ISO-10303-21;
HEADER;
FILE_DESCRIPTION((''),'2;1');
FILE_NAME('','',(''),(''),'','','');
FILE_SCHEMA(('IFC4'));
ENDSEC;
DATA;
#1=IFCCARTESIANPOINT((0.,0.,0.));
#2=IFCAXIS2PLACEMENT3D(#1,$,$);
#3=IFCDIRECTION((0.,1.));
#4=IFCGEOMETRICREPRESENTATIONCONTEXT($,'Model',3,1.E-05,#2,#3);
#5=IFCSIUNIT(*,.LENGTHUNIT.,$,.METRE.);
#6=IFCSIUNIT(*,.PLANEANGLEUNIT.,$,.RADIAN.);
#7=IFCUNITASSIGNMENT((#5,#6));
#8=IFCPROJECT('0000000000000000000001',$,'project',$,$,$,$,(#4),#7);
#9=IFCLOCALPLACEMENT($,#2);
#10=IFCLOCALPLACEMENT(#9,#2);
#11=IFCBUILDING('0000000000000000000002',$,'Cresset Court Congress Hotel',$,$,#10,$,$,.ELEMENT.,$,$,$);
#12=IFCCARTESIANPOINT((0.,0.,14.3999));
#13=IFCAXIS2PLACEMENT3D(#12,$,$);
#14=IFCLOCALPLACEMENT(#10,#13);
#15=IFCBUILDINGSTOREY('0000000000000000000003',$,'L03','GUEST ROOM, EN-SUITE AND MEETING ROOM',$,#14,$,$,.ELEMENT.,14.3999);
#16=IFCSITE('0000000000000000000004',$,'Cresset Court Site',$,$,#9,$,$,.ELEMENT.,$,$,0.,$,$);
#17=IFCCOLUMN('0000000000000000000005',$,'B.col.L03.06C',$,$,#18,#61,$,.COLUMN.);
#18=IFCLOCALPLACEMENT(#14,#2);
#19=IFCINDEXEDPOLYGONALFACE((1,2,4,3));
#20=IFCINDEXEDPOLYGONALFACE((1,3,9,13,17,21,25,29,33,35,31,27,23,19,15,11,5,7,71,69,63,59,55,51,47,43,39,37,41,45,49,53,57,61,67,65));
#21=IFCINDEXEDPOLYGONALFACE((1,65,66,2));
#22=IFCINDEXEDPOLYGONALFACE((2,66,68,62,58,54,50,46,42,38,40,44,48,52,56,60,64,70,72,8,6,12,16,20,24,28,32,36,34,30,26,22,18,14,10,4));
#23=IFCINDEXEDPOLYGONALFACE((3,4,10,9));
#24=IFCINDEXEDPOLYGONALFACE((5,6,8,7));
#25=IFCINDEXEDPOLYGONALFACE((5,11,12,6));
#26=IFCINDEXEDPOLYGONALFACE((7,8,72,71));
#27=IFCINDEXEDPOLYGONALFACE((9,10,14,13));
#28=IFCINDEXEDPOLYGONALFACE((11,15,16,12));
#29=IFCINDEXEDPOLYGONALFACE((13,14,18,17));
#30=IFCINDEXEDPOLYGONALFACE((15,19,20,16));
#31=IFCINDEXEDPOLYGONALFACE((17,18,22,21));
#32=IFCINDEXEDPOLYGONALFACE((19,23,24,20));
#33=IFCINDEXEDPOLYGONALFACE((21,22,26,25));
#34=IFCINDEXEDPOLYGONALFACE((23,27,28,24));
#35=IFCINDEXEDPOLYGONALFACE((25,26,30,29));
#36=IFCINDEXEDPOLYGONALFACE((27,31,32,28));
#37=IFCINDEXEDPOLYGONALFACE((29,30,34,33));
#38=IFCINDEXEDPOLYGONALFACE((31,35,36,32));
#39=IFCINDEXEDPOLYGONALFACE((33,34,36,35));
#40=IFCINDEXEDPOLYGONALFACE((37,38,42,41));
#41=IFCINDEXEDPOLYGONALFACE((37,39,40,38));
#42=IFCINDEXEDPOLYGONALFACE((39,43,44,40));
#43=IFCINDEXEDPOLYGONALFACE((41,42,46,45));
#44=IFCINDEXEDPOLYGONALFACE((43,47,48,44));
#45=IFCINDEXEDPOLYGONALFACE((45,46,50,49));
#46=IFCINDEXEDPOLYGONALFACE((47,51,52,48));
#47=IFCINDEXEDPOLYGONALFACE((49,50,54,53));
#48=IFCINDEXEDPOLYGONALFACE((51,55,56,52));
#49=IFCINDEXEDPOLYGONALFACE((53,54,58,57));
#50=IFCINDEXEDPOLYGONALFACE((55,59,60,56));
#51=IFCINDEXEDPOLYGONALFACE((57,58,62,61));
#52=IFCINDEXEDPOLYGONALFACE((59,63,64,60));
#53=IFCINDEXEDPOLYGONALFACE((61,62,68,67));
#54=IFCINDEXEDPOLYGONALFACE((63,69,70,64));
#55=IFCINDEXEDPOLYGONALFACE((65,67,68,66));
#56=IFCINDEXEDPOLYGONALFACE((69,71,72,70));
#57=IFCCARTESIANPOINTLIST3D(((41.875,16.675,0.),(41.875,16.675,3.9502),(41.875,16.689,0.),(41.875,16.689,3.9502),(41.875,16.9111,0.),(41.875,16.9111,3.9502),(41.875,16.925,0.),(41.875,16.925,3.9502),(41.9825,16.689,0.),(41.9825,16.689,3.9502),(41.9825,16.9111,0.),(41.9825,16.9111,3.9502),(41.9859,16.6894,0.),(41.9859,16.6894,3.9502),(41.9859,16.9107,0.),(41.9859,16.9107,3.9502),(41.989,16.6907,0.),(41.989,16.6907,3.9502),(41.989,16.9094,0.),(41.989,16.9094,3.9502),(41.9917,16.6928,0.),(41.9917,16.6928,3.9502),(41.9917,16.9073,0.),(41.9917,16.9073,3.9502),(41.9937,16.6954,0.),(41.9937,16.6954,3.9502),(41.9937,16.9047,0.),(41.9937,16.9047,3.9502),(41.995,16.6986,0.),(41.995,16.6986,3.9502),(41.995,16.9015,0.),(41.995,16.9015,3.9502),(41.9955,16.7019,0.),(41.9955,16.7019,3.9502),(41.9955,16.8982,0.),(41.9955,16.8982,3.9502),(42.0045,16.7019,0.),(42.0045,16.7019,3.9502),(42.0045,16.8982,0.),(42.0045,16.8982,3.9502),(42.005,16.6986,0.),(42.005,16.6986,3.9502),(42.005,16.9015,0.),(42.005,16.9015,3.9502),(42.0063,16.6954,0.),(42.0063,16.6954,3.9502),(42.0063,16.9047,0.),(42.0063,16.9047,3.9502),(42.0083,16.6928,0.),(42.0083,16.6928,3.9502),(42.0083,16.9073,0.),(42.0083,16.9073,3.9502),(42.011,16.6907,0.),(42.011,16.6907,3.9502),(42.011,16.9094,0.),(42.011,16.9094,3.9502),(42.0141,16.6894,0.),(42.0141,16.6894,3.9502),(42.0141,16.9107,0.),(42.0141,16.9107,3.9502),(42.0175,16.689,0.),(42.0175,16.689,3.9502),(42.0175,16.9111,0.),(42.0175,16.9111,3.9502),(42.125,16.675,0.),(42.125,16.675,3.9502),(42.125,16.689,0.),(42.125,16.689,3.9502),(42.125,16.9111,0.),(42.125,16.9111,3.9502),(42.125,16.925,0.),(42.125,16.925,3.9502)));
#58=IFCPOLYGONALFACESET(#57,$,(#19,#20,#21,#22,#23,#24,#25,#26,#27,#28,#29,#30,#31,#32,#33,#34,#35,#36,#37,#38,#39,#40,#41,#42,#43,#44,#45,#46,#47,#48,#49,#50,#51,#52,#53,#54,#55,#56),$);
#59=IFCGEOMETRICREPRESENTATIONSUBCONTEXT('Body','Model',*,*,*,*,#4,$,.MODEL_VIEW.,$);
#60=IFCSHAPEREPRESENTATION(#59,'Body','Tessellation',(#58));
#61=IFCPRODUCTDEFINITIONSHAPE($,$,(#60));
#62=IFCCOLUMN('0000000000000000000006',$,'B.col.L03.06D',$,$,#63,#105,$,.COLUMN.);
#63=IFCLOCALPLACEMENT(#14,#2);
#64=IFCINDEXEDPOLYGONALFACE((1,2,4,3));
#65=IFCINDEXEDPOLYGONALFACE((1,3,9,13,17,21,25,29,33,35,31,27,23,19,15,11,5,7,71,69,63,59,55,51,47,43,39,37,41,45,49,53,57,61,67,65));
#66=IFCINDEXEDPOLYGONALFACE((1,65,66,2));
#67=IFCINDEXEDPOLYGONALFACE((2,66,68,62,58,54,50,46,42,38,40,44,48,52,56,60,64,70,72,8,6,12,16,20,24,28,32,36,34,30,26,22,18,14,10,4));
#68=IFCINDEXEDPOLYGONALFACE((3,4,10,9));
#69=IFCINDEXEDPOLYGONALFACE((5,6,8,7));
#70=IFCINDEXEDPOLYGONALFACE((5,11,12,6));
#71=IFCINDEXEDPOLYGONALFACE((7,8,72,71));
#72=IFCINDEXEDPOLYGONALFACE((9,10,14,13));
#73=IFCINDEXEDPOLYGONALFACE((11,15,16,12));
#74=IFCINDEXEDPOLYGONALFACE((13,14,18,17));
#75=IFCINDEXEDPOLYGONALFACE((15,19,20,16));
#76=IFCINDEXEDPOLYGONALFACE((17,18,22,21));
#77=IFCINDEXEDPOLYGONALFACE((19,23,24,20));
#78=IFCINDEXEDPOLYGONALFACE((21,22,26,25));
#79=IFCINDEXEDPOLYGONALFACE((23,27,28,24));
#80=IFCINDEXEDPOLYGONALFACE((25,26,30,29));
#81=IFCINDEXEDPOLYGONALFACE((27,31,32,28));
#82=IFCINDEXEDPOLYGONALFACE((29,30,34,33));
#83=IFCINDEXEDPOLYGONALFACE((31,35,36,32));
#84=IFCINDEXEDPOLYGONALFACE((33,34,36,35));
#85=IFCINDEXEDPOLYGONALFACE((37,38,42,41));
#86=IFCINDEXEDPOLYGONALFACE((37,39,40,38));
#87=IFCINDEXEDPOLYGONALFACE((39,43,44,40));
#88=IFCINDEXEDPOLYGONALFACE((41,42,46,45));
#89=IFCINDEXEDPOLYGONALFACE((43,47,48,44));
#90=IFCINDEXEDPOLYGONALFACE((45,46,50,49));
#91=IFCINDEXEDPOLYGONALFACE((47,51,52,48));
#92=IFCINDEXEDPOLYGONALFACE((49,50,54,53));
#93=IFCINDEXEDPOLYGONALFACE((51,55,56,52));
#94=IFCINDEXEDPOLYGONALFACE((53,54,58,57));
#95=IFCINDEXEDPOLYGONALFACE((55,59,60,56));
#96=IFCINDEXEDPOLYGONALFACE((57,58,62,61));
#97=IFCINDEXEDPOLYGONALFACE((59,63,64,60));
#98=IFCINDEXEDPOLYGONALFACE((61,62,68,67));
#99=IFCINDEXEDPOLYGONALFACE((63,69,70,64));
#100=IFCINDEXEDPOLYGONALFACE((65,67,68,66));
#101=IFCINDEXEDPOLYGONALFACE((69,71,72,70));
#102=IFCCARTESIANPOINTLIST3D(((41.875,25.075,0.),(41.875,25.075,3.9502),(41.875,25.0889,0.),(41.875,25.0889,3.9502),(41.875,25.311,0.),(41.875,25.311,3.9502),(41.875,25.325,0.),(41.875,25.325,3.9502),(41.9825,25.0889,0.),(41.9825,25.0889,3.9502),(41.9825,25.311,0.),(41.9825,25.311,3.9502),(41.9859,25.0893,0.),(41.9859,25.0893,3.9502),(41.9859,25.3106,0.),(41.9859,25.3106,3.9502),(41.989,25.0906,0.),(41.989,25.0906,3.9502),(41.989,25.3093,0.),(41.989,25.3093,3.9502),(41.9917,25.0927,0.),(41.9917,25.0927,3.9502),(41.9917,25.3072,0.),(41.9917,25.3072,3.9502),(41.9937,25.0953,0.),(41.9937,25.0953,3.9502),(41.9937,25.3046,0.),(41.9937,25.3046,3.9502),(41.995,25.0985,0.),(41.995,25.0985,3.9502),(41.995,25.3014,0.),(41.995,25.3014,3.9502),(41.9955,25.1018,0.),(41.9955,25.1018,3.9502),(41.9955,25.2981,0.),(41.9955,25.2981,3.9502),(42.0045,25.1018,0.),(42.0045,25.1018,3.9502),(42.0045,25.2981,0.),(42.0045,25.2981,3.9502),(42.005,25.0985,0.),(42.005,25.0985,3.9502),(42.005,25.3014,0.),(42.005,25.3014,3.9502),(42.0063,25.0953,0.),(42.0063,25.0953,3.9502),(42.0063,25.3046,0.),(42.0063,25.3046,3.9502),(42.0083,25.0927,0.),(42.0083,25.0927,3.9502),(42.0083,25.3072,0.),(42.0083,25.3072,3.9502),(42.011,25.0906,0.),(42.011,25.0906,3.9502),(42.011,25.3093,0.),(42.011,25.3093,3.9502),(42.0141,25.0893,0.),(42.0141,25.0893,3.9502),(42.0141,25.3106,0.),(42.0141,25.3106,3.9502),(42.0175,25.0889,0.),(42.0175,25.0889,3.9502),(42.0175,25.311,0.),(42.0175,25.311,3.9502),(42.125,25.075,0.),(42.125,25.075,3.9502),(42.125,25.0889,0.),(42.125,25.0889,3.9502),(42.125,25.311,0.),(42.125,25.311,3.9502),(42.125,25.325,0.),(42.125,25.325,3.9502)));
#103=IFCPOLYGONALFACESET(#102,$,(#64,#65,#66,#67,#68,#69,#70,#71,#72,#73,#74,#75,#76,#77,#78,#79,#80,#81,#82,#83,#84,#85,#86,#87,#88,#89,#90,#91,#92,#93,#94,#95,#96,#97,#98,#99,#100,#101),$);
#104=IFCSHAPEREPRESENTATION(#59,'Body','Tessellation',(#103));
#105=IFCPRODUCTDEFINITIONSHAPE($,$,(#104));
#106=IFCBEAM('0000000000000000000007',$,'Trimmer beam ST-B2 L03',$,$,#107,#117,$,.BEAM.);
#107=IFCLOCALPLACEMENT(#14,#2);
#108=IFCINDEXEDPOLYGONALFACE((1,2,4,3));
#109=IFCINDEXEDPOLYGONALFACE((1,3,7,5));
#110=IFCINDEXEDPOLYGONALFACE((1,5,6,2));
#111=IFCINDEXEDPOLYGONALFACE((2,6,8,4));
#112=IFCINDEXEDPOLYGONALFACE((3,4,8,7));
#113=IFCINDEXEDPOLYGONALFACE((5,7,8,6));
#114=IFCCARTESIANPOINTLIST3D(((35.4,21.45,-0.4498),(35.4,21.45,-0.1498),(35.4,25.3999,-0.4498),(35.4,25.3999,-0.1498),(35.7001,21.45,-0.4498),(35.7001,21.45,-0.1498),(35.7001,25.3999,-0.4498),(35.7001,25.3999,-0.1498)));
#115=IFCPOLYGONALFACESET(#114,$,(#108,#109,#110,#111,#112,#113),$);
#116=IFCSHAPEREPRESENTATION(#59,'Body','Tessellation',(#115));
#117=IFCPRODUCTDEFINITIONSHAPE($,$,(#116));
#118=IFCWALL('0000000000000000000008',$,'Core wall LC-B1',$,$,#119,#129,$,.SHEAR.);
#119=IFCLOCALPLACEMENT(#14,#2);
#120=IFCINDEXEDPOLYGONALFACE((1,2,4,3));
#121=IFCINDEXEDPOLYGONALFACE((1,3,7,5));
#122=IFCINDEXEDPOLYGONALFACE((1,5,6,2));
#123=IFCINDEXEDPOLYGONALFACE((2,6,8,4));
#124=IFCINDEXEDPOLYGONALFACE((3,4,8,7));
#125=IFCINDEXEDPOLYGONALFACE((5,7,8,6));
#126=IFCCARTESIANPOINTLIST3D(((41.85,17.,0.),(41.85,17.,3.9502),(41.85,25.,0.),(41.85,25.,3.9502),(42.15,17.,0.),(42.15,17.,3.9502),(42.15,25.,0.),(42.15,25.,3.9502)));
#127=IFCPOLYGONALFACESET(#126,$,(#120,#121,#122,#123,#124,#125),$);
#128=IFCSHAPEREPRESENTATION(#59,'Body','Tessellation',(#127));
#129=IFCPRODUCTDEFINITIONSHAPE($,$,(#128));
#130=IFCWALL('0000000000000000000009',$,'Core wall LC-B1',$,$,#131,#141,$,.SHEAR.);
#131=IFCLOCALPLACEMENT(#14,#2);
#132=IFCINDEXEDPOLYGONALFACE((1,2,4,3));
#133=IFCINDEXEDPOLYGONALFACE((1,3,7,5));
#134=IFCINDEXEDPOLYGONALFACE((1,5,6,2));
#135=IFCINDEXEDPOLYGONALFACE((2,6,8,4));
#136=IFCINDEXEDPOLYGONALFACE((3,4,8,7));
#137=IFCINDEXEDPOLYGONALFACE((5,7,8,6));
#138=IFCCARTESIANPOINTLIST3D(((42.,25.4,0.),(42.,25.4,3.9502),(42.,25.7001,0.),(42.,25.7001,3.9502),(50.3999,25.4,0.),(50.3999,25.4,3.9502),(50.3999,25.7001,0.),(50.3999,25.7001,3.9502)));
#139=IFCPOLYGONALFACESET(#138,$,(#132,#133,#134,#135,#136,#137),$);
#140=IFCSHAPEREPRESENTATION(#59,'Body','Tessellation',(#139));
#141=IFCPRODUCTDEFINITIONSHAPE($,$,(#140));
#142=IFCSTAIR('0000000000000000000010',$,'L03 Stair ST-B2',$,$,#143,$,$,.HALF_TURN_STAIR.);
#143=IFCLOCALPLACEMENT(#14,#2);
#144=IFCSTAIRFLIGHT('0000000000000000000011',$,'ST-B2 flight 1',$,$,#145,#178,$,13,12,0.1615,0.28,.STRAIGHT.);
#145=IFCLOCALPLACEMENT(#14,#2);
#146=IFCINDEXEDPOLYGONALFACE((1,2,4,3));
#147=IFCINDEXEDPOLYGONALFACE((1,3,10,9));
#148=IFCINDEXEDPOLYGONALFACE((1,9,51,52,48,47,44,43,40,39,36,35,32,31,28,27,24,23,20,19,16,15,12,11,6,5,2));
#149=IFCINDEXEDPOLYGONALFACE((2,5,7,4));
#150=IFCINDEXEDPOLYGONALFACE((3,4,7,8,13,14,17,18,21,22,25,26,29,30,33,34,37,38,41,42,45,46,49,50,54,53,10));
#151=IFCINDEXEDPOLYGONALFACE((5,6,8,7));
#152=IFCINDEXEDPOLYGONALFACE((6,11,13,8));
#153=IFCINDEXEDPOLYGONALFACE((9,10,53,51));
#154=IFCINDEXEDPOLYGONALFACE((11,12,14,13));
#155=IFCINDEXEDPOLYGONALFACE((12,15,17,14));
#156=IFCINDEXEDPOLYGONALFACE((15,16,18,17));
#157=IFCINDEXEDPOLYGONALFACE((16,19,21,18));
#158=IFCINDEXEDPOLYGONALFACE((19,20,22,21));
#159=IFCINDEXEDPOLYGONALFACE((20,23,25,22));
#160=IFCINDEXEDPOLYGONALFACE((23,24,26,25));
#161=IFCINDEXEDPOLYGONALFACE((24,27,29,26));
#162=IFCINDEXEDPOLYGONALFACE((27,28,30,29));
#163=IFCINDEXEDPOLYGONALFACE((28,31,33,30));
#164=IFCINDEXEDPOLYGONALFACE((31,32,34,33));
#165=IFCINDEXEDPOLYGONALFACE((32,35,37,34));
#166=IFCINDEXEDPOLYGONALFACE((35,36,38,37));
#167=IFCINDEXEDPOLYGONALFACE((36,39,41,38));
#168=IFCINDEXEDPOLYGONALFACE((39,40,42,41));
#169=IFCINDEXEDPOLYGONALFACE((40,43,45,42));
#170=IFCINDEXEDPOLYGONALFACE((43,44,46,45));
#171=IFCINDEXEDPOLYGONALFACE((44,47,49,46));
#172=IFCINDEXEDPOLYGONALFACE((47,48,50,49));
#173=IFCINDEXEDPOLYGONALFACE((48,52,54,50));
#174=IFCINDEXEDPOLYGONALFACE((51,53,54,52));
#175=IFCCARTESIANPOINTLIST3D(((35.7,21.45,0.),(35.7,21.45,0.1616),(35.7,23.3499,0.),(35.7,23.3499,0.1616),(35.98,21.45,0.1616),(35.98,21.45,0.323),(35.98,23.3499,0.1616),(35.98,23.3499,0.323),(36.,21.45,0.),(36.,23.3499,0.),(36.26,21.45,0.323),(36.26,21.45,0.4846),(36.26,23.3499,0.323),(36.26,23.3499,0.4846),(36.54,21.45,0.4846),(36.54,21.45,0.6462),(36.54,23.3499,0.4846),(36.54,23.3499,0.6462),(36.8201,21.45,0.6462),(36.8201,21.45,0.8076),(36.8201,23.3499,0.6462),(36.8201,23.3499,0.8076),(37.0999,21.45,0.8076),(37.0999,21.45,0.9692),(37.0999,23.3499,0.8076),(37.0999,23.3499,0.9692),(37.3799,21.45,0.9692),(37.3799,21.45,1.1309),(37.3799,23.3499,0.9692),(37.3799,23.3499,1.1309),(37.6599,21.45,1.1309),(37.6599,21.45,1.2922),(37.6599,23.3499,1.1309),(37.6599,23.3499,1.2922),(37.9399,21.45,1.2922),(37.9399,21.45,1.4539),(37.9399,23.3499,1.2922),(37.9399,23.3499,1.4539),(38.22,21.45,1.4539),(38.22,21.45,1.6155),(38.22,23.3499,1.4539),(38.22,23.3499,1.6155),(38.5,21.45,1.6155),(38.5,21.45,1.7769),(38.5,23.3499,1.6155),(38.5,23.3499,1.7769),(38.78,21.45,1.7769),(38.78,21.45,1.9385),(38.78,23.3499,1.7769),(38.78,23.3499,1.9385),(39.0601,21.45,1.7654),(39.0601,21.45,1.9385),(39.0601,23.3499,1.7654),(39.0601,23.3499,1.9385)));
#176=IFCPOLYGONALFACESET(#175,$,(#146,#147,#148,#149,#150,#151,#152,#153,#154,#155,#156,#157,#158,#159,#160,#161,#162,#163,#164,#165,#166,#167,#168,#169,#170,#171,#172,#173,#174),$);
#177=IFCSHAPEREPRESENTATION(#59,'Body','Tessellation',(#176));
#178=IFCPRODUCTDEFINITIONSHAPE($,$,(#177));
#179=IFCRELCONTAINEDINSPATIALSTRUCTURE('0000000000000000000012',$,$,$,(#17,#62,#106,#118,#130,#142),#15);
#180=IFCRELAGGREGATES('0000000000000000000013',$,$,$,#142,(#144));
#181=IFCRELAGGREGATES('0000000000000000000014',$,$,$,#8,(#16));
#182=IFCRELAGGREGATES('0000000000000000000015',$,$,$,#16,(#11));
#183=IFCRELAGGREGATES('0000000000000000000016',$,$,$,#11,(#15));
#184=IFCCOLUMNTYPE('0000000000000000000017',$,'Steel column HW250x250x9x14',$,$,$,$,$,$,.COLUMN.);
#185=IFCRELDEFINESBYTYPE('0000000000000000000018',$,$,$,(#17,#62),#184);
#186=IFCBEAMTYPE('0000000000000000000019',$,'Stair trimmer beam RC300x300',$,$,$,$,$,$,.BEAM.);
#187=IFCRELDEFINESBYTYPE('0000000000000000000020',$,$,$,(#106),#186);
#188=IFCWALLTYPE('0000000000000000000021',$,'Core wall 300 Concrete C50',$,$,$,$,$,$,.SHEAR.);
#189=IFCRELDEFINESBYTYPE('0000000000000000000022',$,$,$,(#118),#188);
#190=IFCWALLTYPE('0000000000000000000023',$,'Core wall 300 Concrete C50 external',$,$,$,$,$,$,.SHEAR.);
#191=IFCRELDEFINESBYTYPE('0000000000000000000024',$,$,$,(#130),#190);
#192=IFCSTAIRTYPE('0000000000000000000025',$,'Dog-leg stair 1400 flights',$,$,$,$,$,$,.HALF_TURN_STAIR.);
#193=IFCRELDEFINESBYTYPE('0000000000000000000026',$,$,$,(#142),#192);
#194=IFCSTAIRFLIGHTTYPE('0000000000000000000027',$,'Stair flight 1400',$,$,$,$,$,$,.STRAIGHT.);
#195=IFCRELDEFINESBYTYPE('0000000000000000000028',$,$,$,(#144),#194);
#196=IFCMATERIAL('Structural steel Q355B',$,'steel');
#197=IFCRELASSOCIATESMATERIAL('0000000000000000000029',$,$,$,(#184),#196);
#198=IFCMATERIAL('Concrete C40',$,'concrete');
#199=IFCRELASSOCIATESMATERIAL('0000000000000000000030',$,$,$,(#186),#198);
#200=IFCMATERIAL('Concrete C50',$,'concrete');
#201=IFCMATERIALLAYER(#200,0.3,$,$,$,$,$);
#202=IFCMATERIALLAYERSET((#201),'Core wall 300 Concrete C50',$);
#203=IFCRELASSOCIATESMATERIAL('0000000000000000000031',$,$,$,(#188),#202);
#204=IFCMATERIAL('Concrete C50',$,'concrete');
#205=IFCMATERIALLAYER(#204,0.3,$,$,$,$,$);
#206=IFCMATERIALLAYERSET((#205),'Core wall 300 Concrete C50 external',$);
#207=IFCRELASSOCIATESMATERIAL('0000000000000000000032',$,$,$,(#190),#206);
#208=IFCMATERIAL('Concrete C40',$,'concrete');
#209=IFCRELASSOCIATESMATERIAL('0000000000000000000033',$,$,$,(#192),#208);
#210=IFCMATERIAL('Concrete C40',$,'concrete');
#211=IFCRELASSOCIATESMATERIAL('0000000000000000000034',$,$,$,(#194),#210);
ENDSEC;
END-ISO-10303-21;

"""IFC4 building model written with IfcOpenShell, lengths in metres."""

from ifc_helpers import new_model, si_unit, direction, frame, frame_2d, origin, origin_2d, place, context, subcontext, project, spatial, polyline, rectangle, i_section, outline, extrude, material, layer, layer_set, material_profile, profile_set, type_object, element, aggregate, save


model = new_model("IFC4")

# Units and contexts
model_context = context("Model", 3, precision=1e-05, world=origin(), true_north=direction((0.0, 1.0)))
body_context = subcontext(model_context, "Body", "Model", "MODEL_VIEW")
ifc_project = project(units=[si_unit("LENGTHUNIT", "METRE"), si_unit("PLANEANGLEUNIT", "RADIAN")], contexts=[model_context])

# Site, building, storey
site_placement = place(None, origin())
site = spatial("IfcSite", under=ifc_project, at=site_placement, Name="Cresset Court Site", CompositionType="ELEMENT", RefElevation=0.0)
building_placement = place(site_placement, origin())
building = spatial("IfcBuilding", under=site, at=building_placement, Name="Cresset Court Congress Hotel", CompositionType="ELEMENT")
storey_placement = place(building_placement, frame((0.0, 0.0, 14.3999)))
storey = spatial("IfcBuildingStorey", under=building, at=storey_placement, Name="L03", Description="GUEST ROOM, EN-SUITE AND MEETING ROOM", CompositionType="ELEMENT", Elevation=14.3999)

# Columns
ifc_material_1 = material(Name="Structural steel Q355B", Category="steel")
ifc_material_profile_1 = material_profile(ifc_material_1, i_section(OverallWidth=0.25, OverallDepth=0.25, WebThickness=0.009, FlangeThickness=0.0139, FilletRadius=0.0129, at=origin_2d()), Name="HW250x250x9x14")
ifc_profile_set_1 = profile_set([ifc_material_profile_1], Name="Structural steel Q355B")
column_type = type_object("IfcColumnType", Name="Steel column HW250x250x9x14", PredefinedType="COLUMN", material=ifc_profile_set_1)
for number, where, z_axis, x_axis, name in (
    (1, (42.0, 16.8, 0.0), (0.0, 0.0, 1.0), (1.0, 0.0, 0.0), "B.col.L03.06C"),
    (2, (42.0, 25.2, 0.0), (0.0, 0.0, 1.0), (1.0, 0.0, 0.0), "B.col.L03.06D"),
):
    element("IfcColumn", number, at=place(storey_placement, frame(where, z_axis=z_axis, x_axis=x_axis)), inside=storey, type_object=column_type, Name=name, PredefinedType="COLUMN", context=body_context, shape_type="SweptSolid", body=[
        extrude(i_section(OverallWidth=0.25, OverallDepth=0.25, WebThickness=0.009, FlangeThickness=0.0139, FilletRadius=0.0129, at=origin_2d()), origin(), (0.0, 0.0, 1.0), 3.9502),
    ])

# Beam
ifc_material_2 = material(Name="Concrete C40", Category="concrete")
ifc_material_profile_2 = material_profile(ifc_material_2, rectangle(XDim=0.3, YDim=0.3, at=origin_2d()), Name="RC300x300")
ifc_profile_set_2 = profile_set([ifc_material_profile_2], Name="Concrete C40")
beam_type = type_object("IfcBeamType", Name="Stair trimmer beam RC300x300", PredefinedType="BEAM", material=ifc_profile_set_2)
beam_placement = place(storey_placement, frame((35.55, 21.45, -0.2998), z_axis=(0.0, 1.0, 0.0), x_axis=(-1.0, 0.0, 0.0)))
element("IfcBeam", 3, at=beam_placement, inside=storey, type_object=beam_type, Name="Trimmer beam ST-B2 L03", PredefinedType="BEAM", context=body_context, shape_type="SweptSolid", body=[
    extrude(rectangle(XDim=0.3, YDim=0.3, at=origin_2d()), origin(), (0.0, 0.0, 1.0), 3.95),
])

# Walls
ifc_material_3 = material(Name="Concrete C50", Category="concrete")
ifc_layer_1 = layer(ifc_material_3, 0.3)
ifc_layer_set_1 = layer_set([ifc_layer_1], Name="Core wall 300 Concrete C50")
wall_type_1 = type_object("IfcWallType", Name="Core wall 300 Concrete C50", PredefinedType="SHEAR", material=ifc_layer_set_1)
wall_1_placement = place(storey_placement, frame((42.0, 17.0, 0.0), z_axis=(0.0, 0.0, 1.0), x_axis=(0.0, 1.0, 0.0)))
element("IfcWall", 4, at=wall_1_placement, inside=storey, type_object=wall_type_1, Name="Core wall LC-B1", PredefinedType="SHEAR", context=body_context, shape_type="SweptSolid", body=[
    extrude(rectangle(XDim=8.0, YDim=0.3, at=frame_2d((4.0, 0.0))), origin(), (0.0, 0.0, 1.0), 3.9502),
])
ifc_material_4 = material(Name="Concrete C50", Category="concrete")
ifc_layer_2 = layer(ifc_material_4, 0.3)
ifc_layer_set_2 = layer_set([ifc_layer_2], Name="Core wall 300 Concrete C50 external")
wall_type_2 = type_object("IfcWallType", Name="Core wall 300 Concrete C50 external", PredefinedType="SHEAR", material=ifc_layer_set_2)
wall_2_placement = place(storey_placement, frame((42.0, 25.55, 0.0), z_axis=(0.0, 0.0, 1.0), x_axis=(1.0, 0.0, 0.0)))
element("IfcWall", 5, at=wall_2_placement, inside=storey, type_object=wall_type_2, Name="Core wall LC-B1", PredefinedType="SHEAR", context=body_context, shape_type="SweptSolid", body=[
    extrude(rectangle(XDim=8.3999, YDim=0.3, at=frame_2d((4.2, 0.0))), origin(), (0.0, 0.0, 1.0), 3.9502),
])

# Stair, stair flight
ifc_material_5 = material(Name="Concrete C40", Category="concrete")
stair_type = type_object("IfcStairType", Name="Dog-leg stair 1400 flights", PredefinedType="HALF_TURN_STAIR", material=ifc_material_5)
stair_placement = place(storey_placement, origin())
stair = element("IfcStair", 6, at=stair_placement, inside=storey, type_object=stair_type, Name="L03 Stair ST-B2", PredefinedType="HALF_TURN_STAIR")
ifc_material_6 = material(Name="Concrete C40", Category="concrete")
stair_flight_type = type_object("IfcStairFlightType", Name="Stair flight 1400", PredefinedType="STRAIGHT", material=ifc_material_6)
stair_flight_1_placement = place(storey_placement, frame((35.7, 22.3999, 0.0), z_axis=(0.0, 0.0, 1.0), x_axis=(1.0, 0.0, 0.0)))
stair_flight_1 = element("IfcStairFlight", 7, at=stair_flight_1_placement, type_object=stair_flight_type, Name="ST-B2 flight 1", NumberOfRisers=13, NumberOfTreads=12, PredefinedType="STRAIGHT", RiserHeight=0.1615, TreadLength=0.28, context=body_context, shape_type="SweptSolid", body=[
    extrude(outline(polyline([(0.0, 0.0), (0.0, 0.1616), (0.28, 0.1616), (0.28, 0.323), (0.5601, 0.323), (0.5601, 0.4846), (0.8401, 0.4846), (0.8401, 0.6462), (1.1201, 0.6462), (1.1201, 0.8076), (1.3999, 0.8076), (1.3999, 0.9692), (1.6799, 0.9692), (1.6799, 1.1309), (1.96, 1.1309), (1.96, 1.2922), (2.24, 1.2922), (2.24, 1.4539), (2.52, 1.4539), (2.52, 1.6155), (2.8, 1.6155), (2.8, 1.7769), (3.0801, 1.7769), (3.0801, 1.9385), (3.3601, 1.9385), (3.3601, 2.1001), (3.3601, 1.7654), (0.3, 0.0), (0.0, 0.0)])), frame((0.0, 0.95, 0.0), z_axis=(0.0, -1.0, 0.0), x_axis=(1.0, 0.0, 0.0)), (0.0, 0.0, 1.0), 1.8999),
])
aggregate(stair, [stair_flight_1])

save(model, "model.ifc")
